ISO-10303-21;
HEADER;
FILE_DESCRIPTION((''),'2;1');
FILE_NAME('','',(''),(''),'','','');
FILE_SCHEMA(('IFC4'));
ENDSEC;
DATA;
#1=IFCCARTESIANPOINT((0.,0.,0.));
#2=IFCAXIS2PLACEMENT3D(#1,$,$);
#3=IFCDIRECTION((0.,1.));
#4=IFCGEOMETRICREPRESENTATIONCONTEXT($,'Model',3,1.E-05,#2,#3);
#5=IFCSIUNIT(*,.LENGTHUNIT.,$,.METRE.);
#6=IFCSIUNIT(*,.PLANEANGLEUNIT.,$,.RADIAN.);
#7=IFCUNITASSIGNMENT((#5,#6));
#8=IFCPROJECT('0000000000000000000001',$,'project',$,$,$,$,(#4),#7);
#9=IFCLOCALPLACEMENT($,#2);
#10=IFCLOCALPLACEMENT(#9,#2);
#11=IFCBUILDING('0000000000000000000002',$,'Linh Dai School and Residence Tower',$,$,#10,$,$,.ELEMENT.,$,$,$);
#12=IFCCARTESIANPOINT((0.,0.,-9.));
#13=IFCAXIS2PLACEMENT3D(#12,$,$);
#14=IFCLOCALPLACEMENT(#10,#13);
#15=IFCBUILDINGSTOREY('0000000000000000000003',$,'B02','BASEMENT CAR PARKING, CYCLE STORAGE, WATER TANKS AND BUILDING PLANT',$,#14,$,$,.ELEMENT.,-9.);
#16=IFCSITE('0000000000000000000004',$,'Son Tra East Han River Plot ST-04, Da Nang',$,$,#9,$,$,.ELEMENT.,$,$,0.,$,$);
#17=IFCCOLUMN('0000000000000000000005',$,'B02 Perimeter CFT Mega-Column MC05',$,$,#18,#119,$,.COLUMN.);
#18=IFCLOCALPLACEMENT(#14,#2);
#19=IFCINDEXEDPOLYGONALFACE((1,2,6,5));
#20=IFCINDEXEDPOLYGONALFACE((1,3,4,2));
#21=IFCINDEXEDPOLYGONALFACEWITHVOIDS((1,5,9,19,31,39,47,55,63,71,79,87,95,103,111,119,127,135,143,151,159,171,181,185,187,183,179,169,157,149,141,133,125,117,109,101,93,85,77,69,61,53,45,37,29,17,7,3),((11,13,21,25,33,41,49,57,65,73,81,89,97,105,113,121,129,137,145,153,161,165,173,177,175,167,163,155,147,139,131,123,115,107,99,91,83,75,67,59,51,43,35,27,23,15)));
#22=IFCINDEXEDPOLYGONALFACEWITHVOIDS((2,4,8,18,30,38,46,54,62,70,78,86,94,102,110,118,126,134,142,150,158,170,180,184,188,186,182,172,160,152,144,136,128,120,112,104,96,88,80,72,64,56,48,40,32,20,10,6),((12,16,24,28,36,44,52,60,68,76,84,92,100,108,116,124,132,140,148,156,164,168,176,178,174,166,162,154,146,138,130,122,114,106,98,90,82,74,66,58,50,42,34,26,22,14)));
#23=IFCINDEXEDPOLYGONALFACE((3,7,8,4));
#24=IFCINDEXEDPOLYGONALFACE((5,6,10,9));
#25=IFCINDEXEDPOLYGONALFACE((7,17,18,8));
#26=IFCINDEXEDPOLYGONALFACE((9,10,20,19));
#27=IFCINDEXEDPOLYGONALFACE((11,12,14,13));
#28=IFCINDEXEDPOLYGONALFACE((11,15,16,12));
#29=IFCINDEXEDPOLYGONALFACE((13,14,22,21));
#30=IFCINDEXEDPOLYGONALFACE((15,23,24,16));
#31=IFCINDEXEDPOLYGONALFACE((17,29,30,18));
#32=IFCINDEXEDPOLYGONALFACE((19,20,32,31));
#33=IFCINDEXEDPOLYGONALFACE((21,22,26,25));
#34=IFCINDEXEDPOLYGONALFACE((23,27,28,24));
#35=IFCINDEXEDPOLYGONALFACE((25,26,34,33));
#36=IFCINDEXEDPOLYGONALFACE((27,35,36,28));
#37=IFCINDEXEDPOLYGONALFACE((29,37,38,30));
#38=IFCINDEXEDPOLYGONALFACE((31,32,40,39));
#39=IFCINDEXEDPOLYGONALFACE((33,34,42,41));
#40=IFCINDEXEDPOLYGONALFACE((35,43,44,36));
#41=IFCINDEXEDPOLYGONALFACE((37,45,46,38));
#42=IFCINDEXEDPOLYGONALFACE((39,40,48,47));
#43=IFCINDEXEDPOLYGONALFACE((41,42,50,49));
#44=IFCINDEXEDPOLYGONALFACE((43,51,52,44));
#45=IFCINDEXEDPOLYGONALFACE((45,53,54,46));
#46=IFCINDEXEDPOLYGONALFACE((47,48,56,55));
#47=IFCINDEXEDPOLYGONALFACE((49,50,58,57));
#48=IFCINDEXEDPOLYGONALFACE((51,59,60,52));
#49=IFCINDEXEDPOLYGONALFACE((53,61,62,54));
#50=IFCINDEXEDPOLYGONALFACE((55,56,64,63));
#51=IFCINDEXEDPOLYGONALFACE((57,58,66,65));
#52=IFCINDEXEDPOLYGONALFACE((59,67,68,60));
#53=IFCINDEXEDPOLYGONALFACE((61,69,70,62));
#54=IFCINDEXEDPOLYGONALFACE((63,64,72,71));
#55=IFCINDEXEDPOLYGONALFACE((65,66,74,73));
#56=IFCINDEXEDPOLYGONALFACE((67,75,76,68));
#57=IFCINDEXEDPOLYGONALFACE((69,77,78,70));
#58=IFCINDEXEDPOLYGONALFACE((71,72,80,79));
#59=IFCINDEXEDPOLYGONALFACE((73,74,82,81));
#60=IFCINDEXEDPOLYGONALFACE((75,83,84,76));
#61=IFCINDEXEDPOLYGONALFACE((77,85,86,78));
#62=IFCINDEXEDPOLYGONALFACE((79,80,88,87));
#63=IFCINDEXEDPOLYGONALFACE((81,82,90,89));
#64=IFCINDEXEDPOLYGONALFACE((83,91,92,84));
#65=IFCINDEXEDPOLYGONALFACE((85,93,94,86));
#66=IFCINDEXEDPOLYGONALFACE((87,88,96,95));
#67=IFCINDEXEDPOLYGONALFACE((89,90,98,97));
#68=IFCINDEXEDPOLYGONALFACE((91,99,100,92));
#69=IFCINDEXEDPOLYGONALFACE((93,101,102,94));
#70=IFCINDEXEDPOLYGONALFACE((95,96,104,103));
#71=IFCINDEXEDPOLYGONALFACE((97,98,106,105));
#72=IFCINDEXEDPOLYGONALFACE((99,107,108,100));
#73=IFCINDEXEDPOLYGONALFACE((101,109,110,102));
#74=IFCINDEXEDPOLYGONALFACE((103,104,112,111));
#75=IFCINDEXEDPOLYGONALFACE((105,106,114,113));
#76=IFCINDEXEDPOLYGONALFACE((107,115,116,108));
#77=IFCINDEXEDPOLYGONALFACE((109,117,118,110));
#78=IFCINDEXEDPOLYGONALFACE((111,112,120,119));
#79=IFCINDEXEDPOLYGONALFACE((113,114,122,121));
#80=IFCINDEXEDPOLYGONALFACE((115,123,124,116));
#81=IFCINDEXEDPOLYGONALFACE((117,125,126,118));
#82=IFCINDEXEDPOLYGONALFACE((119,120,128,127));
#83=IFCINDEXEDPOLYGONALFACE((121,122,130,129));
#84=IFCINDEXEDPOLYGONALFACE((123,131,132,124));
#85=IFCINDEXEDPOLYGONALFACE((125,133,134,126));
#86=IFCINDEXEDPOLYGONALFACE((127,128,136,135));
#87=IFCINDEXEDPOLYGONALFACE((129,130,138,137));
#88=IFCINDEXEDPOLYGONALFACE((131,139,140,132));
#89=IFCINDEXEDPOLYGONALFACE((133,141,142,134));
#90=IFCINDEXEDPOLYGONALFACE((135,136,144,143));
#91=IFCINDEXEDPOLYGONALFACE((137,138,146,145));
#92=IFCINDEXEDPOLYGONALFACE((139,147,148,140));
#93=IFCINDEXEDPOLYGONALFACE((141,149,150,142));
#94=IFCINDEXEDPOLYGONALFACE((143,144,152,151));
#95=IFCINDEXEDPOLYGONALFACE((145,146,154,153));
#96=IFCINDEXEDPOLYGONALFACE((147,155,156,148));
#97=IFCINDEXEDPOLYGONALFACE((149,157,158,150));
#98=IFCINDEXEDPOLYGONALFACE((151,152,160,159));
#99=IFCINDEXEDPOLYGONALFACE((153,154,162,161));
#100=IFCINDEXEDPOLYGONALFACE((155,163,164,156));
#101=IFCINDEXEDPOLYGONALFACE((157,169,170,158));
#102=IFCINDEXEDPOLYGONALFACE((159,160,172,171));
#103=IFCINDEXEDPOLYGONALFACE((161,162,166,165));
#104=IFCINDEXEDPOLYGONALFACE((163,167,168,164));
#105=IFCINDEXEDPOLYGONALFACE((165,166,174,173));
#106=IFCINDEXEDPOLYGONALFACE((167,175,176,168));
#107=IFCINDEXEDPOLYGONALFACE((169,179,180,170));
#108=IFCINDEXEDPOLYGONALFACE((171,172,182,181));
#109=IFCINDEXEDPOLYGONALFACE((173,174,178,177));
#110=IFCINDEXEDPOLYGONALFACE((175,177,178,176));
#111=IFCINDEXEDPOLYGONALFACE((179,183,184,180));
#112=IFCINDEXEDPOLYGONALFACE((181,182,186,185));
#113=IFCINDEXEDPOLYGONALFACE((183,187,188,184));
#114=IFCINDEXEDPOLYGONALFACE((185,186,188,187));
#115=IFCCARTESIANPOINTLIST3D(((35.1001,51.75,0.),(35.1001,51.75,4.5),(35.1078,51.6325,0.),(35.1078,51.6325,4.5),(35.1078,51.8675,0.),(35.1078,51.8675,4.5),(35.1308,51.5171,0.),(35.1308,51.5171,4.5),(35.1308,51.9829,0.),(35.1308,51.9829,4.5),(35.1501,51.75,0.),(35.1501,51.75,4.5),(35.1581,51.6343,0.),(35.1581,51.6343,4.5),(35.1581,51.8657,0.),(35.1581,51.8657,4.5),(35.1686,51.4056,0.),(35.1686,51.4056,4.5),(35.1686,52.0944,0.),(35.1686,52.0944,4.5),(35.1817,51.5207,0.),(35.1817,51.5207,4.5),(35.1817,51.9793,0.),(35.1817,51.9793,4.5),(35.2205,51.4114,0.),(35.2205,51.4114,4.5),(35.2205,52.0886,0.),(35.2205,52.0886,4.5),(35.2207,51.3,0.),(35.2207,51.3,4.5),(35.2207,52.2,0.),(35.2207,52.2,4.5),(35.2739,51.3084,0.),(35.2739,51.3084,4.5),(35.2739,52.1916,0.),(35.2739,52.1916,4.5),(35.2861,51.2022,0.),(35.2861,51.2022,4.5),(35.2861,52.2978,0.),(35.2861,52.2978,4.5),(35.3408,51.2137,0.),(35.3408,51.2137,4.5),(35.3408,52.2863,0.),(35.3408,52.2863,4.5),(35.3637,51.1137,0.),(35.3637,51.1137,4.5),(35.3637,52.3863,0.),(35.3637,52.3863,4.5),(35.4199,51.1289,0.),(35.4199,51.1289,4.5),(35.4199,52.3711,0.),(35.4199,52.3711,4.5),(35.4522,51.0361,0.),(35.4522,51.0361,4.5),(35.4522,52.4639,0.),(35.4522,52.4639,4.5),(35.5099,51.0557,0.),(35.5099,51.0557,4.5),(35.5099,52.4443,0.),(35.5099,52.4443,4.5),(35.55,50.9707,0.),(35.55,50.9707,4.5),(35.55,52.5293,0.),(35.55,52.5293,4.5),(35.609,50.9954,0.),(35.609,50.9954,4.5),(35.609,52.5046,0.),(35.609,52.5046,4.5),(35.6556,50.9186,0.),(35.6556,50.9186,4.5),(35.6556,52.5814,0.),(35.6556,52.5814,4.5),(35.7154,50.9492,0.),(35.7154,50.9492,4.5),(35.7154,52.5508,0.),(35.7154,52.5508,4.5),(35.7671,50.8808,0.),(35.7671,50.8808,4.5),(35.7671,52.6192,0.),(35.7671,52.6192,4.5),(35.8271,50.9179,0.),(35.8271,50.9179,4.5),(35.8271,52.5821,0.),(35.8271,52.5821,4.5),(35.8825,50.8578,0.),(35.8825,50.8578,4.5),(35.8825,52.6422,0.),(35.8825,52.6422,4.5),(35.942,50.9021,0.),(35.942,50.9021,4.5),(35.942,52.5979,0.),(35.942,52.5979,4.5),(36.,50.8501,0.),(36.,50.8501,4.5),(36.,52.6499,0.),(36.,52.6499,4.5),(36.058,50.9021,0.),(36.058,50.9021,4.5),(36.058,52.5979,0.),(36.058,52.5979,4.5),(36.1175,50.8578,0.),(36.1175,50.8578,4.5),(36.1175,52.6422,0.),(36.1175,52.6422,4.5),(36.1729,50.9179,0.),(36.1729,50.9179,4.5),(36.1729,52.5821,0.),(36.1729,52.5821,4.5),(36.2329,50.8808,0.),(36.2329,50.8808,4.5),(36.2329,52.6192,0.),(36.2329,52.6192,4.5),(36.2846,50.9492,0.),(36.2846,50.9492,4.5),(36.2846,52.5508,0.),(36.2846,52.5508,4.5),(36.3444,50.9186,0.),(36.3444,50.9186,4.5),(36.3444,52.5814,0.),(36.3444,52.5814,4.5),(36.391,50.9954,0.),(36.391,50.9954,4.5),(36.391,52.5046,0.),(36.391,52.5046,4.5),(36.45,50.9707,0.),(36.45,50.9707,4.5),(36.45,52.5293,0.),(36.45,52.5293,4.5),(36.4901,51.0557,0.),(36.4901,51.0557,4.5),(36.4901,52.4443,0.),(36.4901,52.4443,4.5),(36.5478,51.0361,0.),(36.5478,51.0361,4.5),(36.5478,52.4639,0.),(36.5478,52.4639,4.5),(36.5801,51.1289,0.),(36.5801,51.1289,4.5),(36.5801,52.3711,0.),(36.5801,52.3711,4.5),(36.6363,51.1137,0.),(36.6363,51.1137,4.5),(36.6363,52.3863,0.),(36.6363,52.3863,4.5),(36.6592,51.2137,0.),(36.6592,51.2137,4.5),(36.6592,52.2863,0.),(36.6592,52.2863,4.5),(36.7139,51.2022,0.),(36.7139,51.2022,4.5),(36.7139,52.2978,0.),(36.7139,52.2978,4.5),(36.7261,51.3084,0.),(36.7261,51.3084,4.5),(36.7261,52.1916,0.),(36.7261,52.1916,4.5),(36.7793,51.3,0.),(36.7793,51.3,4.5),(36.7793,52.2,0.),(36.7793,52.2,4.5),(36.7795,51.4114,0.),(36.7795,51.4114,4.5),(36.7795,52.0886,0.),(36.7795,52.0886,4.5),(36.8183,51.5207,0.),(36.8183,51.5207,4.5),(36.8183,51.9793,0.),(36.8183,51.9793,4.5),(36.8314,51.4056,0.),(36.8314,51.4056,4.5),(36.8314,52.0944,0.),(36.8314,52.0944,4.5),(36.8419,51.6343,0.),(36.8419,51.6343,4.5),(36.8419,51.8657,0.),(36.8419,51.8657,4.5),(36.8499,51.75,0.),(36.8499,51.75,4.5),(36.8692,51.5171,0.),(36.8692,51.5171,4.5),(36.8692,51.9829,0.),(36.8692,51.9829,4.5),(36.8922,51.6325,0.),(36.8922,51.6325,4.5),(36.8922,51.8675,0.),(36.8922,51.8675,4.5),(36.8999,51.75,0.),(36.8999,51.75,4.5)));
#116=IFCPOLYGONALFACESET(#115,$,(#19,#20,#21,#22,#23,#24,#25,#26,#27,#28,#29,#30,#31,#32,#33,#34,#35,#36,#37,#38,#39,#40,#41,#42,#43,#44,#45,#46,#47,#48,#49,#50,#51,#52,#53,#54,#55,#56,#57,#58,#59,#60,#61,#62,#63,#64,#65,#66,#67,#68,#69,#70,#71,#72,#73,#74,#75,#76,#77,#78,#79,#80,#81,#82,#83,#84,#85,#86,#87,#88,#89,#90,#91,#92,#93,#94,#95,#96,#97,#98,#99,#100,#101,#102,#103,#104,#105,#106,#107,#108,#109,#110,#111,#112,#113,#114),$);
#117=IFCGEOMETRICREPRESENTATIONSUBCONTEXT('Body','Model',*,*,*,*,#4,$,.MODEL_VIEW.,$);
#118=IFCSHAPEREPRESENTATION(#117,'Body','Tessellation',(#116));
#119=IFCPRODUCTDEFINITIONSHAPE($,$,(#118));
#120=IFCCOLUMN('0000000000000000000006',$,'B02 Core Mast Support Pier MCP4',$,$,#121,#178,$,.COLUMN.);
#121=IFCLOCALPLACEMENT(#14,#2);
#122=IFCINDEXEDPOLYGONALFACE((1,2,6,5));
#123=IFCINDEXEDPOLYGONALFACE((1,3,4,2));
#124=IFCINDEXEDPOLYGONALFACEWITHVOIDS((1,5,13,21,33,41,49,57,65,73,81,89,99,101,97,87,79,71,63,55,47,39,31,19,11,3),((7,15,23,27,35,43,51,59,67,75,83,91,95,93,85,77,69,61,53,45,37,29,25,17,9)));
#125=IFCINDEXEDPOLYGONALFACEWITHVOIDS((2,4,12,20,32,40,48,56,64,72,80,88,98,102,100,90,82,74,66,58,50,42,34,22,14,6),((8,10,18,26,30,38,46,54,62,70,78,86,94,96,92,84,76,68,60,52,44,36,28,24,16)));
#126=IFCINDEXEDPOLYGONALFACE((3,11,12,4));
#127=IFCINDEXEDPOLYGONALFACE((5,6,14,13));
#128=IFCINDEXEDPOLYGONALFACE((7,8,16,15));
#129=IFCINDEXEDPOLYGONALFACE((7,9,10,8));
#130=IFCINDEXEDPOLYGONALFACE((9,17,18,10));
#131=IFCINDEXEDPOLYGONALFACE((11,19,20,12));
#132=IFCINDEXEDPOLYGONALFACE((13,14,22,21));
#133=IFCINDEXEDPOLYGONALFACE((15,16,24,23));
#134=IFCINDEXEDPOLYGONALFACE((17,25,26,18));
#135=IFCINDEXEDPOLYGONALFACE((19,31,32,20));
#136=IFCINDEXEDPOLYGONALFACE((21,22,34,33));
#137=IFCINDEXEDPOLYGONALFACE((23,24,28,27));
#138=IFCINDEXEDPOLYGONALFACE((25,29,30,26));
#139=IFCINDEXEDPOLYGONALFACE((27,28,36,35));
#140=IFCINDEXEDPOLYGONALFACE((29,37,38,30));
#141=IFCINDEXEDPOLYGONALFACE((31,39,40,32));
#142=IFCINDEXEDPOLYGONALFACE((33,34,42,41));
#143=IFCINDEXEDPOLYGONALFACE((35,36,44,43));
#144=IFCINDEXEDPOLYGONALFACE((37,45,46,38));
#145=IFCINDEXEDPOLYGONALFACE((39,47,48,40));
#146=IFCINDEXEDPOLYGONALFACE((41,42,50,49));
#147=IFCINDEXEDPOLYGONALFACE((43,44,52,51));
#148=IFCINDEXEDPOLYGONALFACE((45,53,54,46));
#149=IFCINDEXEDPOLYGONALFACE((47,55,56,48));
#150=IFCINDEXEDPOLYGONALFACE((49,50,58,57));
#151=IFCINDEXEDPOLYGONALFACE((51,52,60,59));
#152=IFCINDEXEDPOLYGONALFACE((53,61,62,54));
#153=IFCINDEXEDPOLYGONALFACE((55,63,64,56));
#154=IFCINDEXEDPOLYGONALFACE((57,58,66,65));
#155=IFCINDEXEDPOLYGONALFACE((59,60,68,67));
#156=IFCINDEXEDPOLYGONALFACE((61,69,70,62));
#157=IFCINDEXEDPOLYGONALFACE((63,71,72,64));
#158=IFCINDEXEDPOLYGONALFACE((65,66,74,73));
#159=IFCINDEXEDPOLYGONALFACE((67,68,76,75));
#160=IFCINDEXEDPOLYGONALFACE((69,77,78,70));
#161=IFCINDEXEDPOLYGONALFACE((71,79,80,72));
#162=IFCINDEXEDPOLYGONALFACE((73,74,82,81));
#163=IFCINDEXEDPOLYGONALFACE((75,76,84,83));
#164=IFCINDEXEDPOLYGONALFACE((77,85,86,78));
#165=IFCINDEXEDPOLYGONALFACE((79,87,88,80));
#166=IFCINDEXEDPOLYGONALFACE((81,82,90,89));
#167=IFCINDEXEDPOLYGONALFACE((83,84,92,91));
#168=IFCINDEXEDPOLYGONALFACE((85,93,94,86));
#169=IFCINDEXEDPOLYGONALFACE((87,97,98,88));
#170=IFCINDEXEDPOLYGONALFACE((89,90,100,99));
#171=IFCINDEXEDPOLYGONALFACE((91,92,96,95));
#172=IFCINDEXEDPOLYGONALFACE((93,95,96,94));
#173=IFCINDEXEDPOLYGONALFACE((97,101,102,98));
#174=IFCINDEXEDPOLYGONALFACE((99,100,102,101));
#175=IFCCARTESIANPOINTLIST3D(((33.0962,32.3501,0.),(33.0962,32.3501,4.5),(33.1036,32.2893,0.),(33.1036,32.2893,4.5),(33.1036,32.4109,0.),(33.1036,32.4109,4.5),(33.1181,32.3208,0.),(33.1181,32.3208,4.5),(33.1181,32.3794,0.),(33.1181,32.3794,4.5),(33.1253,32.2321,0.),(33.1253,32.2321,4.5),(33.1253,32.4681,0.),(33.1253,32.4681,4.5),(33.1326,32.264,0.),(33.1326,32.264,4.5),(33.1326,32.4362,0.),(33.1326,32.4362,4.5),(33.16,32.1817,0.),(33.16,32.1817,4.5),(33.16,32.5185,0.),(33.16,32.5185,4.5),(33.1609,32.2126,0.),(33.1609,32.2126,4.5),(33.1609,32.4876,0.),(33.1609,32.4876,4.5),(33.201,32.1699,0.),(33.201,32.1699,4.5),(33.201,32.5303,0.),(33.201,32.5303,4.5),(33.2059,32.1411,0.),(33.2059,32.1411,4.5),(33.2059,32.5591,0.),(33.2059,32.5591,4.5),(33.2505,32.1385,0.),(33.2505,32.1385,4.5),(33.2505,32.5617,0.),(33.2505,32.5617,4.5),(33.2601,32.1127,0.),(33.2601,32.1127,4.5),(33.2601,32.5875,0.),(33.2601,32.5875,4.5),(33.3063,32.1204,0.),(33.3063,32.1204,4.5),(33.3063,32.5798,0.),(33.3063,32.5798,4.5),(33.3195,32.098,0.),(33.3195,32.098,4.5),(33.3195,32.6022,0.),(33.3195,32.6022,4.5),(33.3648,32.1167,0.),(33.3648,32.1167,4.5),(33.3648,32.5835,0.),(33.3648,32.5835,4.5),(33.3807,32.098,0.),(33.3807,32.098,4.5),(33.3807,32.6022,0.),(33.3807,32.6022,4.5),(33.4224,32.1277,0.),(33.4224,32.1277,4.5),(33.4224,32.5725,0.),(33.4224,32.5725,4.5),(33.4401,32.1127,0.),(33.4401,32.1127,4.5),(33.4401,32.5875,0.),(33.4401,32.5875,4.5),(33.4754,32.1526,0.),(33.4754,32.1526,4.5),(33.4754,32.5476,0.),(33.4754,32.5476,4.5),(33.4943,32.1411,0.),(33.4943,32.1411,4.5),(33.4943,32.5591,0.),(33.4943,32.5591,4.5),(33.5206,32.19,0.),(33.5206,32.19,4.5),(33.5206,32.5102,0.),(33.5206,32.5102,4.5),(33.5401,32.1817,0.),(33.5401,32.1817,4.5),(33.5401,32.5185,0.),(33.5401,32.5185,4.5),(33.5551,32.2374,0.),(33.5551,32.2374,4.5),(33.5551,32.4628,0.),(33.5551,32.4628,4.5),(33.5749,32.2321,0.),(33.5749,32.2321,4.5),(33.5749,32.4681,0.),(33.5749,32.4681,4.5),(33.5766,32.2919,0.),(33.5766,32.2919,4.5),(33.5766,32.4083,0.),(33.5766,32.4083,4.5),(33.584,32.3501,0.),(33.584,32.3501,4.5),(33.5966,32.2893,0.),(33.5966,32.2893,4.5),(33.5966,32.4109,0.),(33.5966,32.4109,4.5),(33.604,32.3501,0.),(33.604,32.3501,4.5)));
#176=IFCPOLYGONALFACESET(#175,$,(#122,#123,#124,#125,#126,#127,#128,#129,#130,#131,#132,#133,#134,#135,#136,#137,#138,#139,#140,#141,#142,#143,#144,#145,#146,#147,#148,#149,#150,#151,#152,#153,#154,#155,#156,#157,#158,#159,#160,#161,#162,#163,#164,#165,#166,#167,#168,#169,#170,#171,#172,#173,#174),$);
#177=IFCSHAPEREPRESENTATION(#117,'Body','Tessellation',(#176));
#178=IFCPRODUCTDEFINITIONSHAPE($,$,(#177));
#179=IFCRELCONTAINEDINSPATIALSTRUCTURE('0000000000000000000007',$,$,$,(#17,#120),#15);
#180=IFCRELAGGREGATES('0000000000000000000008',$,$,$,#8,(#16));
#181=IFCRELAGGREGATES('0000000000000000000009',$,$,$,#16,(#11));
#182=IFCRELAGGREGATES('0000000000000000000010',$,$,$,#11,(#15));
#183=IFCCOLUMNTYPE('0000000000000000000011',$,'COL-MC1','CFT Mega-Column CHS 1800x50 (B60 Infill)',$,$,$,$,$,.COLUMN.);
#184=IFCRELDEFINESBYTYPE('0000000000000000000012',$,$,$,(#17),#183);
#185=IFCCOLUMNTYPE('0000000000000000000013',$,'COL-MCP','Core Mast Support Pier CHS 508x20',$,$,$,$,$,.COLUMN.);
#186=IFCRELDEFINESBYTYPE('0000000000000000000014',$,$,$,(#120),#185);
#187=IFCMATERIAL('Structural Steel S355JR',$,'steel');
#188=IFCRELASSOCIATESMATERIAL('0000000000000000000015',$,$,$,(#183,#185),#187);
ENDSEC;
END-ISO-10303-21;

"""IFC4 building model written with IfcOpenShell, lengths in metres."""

from ifc_helpers import new_model, si_unit, direction, frame, origin, origin_2d, place, context, subcontext, project, spatial, hollow_circle, extrude, material, material_profile, profile_set, type_object, element, save


model = new_model("IFC4")

# Units and contexts
model_context = context("Model", 3, precision=1e-05, world=origin(), true_north=direction((0.0, 1.0)))
body_context = subcontext(model_context, "Body", "Model", "MODEL_VIEW")
ifc_project = project(units=[si_unit("LENGTHUNIT", "METRE"), si_unit("PLANEANGLEUNIT", "RADIAN")], contexts=[model_context])

# Site, building, storey
site_placement = place(None, origin())
site = spatial("IfcSite", under=ifc_project, at=site_placement, Name="Son Tra East Han River Plot ST-04, Da Nang", CompositionType="ELEMENT", RefElevation=0.0)
building_placement = place(site_placement, origin())
building = spatial("IfcBuilding", under=site, at=building_placement, Name="Linh Dai School and Residence Tower", CompositionType="ELEMENT")
storey_placement = place(building_placement, frame((0.0, 0.0, -9.0)))
storey = spatial("IfcBuildingStorey", under=building, at=storey_placement, Name="B02", Description="BASEMENT CAR PARKING, CYCLE STORAGE, WATER TANKS AND BUILDING PLANT", CompositionType="ELEMENT", Elevation=-9.0)

# Columns
ifc_material_1 = material(Name="Structural Steel S355JR", Category="steel")
ifc_material_profile_1 = material_profile(ifc_material_1, hollow_circle(Radius=0.8999, WallThickness=0.05, at=origin_2d()), Name="CHS 1800x50")
ifc_profile_set_1 = profile_set([ifc_material_profile_1], Name="Structural Steel S355JR")
column_type_1 = type_object("IfcColumnType", Name="COL-MC1", Description="CFT Mega-Column CHS 1800x50 (B60 Infill)", PredefinedType="COLUMN", material=ifc_profile_set_1)
column_1_placement = place(storey_placement, frame((36.0, 51.75, 0.0), z_axis=(0.0, 0.0, 1.0), x_axis=(1.0, 0.0, 0.0)))
element("IfcColumn", 1, at=column_1_placement, inside=storey, type_object=column_type_1, Name="B02 Perimeter CFT Mega-Column MC05", PredefinedType="COLUMN", context=body_context, shape_type="SweptSolid", body=[
    extrude(hollow_circle(Radius=0.8999, WallThickness=0.05, at=origin_2d()), origin(), (0.0, 0.0, 1.0), 4.5),
])
ifc_material_profile_2 = material_profile(ifc_material_1, hollow_circle(Radius=0.2539, WallThickness=0.02, at=origin_2d()), Name="CHS 508x20")
ifc_profile_set_2 = profile_set([ifc_material_profile_2], Name="Structural Steel S355JR")
column_type_2 = type_object("IfcColumnType", Name="COL-MCP", Description="Core Mast Support Pier CHS 508x20", PredefinedType="COLUMN", material=ifc_profile_set_2)
column_2_placement = place(storey_placement, frame((33.3501, 32.3501, 0.0), z_axis=(0.0, 0.0, 1.0), x_axis=(1.0, 0.0, 0.0)))
element("IfcColumn", 2, at=column_2_placement, inside=storey, type_object=column_type_2, Name="B02 Core Mast Support Pier MCP4", PredefinedType="COLUMN", context=body_context, shape_type="SweptSolid", body=[
    extrude(hollow_circle(Radius=0.2539, WallThickness=0.02, at=origin_2d()), origin(), (0.0, 0.0, 1.0), 4.5),
])

save(model, "model.ifc")
